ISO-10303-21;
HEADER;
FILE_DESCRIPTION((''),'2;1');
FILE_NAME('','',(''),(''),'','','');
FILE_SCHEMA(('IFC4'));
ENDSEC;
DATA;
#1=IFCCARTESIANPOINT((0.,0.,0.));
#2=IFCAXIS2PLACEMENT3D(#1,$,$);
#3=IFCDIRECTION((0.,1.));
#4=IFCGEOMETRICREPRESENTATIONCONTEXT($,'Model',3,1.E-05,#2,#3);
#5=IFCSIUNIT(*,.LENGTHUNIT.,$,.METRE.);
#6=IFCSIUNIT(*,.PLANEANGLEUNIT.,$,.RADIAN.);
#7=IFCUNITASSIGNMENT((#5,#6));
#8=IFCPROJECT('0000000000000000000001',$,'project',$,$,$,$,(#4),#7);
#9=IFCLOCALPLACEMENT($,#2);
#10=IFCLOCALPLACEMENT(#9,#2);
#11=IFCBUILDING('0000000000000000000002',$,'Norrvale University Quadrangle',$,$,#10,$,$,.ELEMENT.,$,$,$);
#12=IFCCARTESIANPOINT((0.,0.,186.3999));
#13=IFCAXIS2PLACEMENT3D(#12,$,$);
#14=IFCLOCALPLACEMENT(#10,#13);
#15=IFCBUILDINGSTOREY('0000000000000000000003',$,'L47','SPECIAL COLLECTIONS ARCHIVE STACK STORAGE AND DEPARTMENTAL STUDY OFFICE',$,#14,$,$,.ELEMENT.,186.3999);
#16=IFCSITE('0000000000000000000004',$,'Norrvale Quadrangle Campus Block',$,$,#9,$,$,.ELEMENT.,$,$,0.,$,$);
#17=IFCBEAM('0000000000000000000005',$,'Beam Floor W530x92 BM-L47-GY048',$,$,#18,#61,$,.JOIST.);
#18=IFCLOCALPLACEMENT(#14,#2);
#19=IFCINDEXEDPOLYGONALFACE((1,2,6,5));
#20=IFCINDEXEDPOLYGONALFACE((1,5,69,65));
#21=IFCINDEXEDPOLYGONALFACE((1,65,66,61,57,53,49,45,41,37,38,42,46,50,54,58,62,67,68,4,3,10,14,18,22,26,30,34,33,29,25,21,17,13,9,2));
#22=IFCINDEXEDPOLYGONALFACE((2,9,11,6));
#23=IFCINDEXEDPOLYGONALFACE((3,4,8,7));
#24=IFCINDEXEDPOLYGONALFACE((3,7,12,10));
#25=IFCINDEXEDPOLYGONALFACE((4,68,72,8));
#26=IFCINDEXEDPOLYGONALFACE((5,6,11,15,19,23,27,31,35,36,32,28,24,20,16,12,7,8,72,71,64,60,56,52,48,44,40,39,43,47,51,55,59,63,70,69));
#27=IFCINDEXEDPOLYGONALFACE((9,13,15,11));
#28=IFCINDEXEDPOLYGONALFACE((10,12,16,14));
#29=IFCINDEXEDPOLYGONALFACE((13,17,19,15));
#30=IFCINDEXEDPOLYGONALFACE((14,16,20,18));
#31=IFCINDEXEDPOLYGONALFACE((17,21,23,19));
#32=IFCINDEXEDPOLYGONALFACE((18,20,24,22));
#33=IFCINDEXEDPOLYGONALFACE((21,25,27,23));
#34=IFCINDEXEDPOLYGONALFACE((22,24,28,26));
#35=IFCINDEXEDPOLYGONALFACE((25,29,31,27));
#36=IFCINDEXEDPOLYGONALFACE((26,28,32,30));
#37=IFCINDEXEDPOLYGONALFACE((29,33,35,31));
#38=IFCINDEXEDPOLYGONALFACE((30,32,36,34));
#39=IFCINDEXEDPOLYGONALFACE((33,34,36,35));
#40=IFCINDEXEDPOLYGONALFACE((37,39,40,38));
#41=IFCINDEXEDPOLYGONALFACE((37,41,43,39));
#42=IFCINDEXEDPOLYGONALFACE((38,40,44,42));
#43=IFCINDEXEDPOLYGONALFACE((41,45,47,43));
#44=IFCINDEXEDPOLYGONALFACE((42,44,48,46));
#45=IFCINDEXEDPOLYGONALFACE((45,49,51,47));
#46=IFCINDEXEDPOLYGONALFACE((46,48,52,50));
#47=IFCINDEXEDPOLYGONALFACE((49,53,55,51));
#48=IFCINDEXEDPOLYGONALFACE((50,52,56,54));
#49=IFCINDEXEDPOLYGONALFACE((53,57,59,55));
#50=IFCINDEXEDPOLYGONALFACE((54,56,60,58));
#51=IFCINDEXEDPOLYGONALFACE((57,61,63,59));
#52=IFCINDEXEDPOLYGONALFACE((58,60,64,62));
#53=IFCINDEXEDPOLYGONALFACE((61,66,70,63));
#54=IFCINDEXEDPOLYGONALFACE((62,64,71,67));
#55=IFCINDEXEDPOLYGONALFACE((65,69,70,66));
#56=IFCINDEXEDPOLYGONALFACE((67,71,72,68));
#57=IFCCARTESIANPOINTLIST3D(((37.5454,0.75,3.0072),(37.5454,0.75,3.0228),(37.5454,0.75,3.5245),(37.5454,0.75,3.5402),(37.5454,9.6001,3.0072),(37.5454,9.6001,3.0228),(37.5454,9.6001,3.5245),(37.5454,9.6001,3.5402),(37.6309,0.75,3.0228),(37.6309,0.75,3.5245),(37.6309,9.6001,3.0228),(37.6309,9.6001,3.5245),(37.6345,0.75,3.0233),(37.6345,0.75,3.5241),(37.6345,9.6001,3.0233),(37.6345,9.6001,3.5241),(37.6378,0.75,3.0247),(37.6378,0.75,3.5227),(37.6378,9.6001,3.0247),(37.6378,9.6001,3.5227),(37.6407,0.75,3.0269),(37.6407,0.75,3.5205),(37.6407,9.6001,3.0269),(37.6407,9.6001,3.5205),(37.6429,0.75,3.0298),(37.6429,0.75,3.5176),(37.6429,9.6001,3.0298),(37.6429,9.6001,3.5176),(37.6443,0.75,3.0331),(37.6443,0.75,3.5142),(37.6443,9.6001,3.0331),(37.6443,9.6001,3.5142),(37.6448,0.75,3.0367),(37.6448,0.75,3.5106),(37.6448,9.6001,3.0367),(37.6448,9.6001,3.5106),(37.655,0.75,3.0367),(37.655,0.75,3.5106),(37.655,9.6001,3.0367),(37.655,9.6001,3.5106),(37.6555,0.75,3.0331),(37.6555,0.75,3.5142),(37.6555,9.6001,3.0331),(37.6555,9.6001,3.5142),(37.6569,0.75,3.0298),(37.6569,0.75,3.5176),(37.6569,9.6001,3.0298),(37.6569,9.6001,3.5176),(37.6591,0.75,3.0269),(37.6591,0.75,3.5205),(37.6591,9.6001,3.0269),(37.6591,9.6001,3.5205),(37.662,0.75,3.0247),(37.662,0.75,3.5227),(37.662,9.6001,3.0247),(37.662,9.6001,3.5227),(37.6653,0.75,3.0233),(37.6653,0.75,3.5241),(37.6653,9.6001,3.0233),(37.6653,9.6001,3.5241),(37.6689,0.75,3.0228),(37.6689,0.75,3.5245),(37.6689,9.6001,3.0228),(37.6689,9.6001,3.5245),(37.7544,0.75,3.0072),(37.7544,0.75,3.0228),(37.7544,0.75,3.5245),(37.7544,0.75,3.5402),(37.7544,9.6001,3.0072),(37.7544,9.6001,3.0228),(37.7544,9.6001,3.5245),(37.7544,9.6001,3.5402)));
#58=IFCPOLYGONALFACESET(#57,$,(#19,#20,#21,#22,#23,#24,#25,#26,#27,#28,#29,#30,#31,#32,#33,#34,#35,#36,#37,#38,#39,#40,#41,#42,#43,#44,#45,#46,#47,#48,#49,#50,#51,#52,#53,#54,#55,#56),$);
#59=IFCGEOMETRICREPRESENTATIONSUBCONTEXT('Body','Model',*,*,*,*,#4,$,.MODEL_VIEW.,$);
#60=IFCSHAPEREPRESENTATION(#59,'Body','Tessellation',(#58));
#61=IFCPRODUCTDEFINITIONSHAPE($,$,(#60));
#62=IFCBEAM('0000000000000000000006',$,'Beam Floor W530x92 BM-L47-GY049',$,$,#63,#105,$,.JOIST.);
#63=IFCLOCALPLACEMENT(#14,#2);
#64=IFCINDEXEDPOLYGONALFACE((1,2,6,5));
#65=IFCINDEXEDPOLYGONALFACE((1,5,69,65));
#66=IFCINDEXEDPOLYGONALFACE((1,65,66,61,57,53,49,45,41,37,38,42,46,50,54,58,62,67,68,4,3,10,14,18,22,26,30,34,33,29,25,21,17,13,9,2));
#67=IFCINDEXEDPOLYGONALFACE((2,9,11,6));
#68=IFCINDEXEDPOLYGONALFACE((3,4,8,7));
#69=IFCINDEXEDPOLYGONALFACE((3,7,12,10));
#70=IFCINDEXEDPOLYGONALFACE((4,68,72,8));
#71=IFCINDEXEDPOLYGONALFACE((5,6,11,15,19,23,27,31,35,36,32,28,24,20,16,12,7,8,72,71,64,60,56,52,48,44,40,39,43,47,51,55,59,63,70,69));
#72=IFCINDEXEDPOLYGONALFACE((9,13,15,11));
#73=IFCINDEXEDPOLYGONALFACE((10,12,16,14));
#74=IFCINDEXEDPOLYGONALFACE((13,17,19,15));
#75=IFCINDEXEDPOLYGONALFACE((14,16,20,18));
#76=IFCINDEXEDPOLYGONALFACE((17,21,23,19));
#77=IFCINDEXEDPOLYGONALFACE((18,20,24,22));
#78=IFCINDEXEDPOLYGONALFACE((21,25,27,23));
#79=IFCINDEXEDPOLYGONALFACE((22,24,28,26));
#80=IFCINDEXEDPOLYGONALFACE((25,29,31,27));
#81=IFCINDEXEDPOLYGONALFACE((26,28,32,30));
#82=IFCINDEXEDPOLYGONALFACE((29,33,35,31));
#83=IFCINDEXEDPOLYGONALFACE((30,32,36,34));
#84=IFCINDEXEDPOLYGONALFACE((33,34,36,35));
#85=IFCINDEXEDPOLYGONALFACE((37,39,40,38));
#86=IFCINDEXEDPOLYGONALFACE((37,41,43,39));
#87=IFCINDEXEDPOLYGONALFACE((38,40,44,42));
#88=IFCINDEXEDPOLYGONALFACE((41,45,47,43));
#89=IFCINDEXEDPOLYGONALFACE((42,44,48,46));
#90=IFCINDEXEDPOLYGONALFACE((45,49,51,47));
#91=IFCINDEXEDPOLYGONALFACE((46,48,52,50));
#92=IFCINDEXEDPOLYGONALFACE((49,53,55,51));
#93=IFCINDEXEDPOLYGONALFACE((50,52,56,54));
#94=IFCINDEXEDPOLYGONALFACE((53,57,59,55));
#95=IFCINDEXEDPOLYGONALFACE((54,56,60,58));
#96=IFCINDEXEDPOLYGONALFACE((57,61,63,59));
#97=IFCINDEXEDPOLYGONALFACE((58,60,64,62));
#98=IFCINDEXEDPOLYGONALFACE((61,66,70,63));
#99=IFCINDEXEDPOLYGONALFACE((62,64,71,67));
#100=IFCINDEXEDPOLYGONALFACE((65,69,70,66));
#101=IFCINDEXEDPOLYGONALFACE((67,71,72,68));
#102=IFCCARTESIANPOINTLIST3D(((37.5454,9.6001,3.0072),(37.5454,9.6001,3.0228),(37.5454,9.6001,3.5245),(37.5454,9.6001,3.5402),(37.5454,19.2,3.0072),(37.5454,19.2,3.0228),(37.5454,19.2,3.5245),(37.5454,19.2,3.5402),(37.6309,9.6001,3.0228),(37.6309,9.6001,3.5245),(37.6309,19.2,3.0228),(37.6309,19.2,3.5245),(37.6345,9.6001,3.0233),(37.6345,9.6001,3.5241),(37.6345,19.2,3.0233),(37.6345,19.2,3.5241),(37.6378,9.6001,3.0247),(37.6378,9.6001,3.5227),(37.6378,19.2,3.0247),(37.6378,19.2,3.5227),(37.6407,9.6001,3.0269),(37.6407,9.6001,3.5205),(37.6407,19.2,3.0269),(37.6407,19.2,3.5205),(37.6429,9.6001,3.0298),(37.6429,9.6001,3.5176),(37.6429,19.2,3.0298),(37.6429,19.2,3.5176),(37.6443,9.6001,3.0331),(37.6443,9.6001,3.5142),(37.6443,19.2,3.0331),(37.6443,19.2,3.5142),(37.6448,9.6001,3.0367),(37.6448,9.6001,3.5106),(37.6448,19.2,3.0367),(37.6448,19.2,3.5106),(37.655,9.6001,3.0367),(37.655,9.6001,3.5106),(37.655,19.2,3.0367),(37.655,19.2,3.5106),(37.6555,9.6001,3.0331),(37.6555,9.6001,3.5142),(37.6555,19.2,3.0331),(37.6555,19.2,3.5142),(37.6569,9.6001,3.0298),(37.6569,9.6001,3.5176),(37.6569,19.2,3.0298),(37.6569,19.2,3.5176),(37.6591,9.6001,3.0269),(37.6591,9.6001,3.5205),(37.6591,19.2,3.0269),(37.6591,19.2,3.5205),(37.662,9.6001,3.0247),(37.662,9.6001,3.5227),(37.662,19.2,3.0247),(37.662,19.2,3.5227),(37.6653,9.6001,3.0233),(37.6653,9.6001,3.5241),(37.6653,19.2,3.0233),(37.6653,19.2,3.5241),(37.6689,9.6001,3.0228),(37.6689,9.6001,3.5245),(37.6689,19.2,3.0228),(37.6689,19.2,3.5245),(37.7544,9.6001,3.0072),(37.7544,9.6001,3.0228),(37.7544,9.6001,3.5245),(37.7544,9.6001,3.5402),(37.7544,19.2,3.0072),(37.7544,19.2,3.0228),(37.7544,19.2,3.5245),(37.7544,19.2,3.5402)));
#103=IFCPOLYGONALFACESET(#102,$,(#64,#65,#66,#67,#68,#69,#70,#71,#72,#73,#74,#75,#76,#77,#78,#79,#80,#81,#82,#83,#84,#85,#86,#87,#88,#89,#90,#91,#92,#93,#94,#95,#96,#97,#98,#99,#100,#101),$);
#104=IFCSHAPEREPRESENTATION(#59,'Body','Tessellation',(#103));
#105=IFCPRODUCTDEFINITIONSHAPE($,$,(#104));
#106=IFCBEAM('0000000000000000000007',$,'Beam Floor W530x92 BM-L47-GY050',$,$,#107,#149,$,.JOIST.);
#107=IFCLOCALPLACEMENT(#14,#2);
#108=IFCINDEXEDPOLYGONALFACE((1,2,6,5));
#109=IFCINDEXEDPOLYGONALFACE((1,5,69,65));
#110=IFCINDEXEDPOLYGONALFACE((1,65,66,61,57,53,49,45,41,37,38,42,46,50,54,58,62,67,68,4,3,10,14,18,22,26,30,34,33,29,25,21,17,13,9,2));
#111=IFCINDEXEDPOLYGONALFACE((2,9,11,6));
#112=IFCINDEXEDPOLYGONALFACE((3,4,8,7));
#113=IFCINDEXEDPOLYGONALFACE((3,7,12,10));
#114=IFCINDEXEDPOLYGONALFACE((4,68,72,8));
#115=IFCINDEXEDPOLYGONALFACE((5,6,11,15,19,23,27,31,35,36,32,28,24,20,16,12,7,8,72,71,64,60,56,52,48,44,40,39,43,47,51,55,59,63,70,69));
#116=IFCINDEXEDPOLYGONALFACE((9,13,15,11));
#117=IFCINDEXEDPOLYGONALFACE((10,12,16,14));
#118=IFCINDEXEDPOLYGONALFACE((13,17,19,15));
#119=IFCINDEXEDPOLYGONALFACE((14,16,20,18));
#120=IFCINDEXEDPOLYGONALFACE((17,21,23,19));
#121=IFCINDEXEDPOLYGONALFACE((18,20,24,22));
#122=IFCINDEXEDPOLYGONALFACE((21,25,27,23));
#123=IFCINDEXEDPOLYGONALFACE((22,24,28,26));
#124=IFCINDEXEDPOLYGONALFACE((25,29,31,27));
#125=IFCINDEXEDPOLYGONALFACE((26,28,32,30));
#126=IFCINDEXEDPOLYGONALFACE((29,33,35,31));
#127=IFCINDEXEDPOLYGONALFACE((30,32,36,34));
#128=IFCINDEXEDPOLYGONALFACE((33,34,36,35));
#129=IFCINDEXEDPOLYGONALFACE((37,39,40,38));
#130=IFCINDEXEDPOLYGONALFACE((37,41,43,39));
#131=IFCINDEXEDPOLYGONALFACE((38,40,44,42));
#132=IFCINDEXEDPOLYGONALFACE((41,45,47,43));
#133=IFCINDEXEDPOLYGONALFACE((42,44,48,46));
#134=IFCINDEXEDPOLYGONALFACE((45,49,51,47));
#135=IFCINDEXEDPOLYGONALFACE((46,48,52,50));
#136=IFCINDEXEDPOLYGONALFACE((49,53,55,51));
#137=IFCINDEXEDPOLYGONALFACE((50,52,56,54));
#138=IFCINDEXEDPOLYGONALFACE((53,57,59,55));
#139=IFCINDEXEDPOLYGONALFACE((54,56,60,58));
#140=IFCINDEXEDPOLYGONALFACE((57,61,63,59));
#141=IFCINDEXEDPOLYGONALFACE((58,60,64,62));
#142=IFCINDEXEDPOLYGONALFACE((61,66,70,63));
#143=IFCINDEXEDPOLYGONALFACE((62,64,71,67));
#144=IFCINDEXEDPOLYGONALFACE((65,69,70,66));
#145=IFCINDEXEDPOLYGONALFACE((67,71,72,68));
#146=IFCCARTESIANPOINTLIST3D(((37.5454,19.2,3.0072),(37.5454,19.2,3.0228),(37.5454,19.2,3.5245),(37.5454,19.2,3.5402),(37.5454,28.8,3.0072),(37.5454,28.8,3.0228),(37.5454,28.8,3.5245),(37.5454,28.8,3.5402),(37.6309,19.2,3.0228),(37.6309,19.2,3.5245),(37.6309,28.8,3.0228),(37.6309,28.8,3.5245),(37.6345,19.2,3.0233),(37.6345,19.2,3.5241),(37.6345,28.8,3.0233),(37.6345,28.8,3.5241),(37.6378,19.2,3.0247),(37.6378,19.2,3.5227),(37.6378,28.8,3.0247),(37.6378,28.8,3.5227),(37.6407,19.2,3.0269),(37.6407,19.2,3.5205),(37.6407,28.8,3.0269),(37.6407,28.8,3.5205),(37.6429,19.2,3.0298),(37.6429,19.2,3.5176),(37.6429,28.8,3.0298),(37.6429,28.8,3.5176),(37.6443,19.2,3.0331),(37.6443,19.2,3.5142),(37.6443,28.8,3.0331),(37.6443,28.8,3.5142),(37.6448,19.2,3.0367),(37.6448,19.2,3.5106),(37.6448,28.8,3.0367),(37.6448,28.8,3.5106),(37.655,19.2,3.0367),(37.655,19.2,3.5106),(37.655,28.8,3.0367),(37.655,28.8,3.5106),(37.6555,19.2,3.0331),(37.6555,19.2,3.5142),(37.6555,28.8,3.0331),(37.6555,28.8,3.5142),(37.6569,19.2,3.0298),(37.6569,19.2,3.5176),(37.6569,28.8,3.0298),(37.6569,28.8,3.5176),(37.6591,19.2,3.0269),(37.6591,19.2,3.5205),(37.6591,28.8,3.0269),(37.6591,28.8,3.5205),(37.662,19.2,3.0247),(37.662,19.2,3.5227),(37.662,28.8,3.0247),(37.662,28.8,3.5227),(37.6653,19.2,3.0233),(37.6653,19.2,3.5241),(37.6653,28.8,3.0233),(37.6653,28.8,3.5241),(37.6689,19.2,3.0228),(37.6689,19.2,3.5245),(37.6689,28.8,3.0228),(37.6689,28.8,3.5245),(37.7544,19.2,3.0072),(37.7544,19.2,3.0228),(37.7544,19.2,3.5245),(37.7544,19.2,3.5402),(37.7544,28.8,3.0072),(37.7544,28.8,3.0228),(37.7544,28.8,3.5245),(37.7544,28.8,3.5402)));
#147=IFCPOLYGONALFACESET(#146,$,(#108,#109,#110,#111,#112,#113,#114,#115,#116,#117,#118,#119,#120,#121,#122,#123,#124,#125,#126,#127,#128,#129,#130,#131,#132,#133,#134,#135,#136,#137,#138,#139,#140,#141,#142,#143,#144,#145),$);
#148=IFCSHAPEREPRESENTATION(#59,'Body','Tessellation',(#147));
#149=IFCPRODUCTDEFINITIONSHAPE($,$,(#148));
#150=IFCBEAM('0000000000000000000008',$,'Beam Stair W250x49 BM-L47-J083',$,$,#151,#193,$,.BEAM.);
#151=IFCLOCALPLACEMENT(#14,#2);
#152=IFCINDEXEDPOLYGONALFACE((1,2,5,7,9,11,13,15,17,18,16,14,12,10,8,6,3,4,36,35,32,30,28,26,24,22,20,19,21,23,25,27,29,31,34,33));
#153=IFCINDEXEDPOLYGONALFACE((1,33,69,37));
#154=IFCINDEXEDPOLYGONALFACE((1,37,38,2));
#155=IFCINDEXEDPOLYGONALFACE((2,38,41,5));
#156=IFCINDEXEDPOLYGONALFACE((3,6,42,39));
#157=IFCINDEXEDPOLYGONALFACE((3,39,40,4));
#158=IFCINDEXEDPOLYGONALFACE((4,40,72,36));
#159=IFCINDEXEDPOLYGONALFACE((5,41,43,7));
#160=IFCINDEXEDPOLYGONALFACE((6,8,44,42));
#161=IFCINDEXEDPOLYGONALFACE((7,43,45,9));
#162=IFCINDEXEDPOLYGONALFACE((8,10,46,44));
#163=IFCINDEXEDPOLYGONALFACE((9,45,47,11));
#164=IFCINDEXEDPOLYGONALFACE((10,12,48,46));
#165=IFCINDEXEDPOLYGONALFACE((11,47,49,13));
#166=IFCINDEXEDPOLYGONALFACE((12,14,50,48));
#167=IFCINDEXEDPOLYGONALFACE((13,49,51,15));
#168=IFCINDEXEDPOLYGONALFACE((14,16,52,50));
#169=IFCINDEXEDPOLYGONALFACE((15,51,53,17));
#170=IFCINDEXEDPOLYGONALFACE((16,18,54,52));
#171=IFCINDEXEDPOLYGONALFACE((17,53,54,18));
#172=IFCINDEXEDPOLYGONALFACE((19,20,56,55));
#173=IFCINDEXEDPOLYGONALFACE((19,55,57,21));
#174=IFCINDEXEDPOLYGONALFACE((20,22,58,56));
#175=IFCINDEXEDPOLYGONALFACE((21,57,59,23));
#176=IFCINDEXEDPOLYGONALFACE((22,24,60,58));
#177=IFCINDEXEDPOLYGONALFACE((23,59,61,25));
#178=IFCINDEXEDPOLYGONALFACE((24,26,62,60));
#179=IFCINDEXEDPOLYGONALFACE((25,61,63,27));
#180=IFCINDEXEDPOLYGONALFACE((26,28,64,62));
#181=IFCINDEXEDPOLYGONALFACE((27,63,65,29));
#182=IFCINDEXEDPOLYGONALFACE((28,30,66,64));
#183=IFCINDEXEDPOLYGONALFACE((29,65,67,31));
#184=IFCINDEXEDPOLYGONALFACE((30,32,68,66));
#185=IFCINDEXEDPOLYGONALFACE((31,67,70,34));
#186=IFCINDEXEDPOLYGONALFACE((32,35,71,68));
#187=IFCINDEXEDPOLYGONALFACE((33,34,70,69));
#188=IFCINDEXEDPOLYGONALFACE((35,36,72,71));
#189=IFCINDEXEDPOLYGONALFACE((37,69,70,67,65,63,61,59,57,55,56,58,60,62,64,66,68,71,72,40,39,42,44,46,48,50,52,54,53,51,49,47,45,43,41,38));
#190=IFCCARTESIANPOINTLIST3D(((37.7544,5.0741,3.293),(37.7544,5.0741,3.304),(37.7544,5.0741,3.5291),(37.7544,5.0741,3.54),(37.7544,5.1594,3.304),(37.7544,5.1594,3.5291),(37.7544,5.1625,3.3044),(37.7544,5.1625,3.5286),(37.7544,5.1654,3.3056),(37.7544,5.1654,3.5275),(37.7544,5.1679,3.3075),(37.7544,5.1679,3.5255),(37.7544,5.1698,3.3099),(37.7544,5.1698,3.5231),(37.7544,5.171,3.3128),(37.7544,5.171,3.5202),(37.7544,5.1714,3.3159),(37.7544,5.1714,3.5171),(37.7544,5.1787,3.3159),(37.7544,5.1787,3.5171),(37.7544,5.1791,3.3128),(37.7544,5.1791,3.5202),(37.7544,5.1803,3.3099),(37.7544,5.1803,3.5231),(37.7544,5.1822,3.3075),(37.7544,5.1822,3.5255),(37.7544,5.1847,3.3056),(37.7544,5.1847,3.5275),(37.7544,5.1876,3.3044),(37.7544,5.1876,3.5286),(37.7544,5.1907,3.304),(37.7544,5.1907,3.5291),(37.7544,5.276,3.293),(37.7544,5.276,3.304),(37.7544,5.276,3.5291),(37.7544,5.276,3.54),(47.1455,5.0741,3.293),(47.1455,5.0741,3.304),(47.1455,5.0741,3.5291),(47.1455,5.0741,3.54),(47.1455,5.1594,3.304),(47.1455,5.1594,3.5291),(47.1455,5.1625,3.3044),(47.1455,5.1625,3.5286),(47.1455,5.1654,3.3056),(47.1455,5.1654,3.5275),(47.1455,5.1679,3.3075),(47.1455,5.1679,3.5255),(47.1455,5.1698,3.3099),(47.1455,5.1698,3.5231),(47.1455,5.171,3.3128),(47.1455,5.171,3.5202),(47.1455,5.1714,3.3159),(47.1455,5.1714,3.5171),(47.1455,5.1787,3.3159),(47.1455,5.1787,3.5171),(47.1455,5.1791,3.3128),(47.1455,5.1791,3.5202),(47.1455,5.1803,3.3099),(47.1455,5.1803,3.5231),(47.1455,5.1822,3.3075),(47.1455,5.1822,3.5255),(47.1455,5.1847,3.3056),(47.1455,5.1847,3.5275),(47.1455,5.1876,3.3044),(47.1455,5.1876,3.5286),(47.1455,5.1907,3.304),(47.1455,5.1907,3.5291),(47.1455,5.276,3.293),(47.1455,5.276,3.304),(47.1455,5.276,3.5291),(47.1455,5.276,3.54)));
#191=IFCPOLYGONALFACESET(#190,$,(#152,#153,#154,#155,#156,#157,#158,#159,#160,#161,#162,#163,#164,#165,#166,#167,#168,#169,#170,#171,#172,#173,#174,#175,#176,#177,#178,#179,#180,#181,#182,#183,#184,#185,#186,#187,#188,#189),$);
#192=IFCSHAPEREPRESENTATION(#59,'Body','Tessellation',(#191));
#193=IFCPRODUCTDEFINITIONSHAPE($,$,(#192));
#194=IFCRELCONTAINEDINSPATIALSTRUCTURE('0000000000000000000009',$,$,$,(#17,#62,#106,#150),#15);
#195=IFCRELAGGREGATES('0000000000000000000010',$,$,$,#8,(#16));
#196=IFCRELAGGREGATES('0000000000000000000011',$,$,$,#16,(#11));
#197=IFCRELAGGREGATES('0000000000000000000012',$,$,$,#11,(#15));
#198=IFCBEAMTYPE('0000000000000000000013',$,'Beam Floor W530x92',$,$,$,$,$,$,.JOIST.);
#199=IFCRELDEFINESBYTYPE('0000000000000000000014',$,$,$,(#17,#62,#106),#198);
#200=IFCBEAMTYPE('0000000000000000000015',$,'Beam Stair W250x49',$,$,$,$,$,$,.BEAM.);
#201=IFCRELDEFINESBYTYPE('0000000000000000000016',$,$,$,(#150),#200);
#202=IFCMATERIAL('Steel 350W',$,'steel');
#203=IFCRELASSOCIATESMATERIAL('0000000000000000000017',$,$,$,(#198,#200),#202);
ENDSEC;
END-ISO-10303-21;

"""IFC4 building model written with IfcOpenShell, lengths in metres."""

from ifc_helpers import new_model, si_unit, direction, frame, origin, origin_2d, place, context, subcontext, project, spatial, i_section, extrude, material, material_profile, profile_set, type_object, element, save


model = new_model("IFC4")

# Units and contexts
model_context = context("Model", 3, precision=1e-05, world=origin(), true_north=direction((0.0, 1.0)))
body_context = subcontext(model_context, "Body", "Model", "MODEL_VIEW")
ifc_project = project(units=[si_unit("LENGTHUNIT", "METRE"), si_unit("PLANEANGLEUNIT", "RADIAN")], contexts=[model_context])

# Site, building, storey
site_placement = place(None, origin())
site = spatial("IfcSite", under=ifc_project, at=site_placement, Name="Norrvale Quadrangle Campus Block", CompositionType="ELEMENT", RefElevation=0.0)
building_placement = place(site_placement, origin())
building = spatial("IfcBuilding", under=site, at=building_placement, Name="Norrvale University Quadrangle", CompositionType="ELEMENT")
storey_placement = place(building_placement, frame((0.0, 0.0, 186.3999)))
storey = spatial("IfcBuildingStorey", under=building, at=storey_placement, Name="L47", Description="SPECIAL COLLECTIONS ARCHIVE STACK STORAGE AND DEPARTMENTAL STUDY OFFICE", CompositionType="ELEMENT", Elevation=186.3999)

# Beams
ifc_material_1 = material(Name="Steel 350W", Category="steel")
ifc_material_profile_1 = material_profile(ifc_material_1, i_section(OverallWidth=0.209, OverallDepth=0.533, WebThickness=0.0103, FlangeThickness=0.0156, FilletRadius=0.0139, at=origin_2d()), Name="Steel 350W")
ifc_profile_set_1 = profile_set([ifc_material_profile_1], Name="Steel 350W")
beam_type_1 = type_object("IfcBeamType", Name="Beam Floor W530x92", PredefinedType="JOIST", material=ifc_profile_set_1)
beam_1_placement = place(storey_placement, frame((37.6499, 0.75, 3.2737), z_axis=(0.0, 1.0, 0.0), x_axis=(-1.0, 0.0, 0.0)))
element("IfcBeam", 1, at=beam_1_placement, inside=storey, type_object=beam_type_1, Name="Beam Floor W530x92 BM-L47-GY048", PredefinedType="JOIST", context=body_context, shape_type="SweptSolid", body=[
    extrude(i_section(OverallWidth=0.209, OverallDepth=0.533, WebThickness=0.0103, FlangeThickness=0.0156, FilletRadius=0.0139, at=origin_2d()), origin(), (0.0, 0.0, 1.0), 8.8501),
])
beam_2_placement = place(storey_placement, frame((37.6499, 9.6001, 3.2737), z_axis=(0.0, 1.0, 0.0), x_axis=(-1.0, 0.0, 0.0)))
element("IfcBeam", 2, at=beam_2_placement, inside=storey, type_object=beam_type_1, Name="Beam Floor W530x92 BM-L47-GY049", PredefinedType="JOIST", context=body_context, shape_type="SweptSolid", body=[
    extrude(i_section(OverallWidth=0.209, OverallDepth=0.533, WebThickness=0.0103, FlangeThickness=0.0156, FilletRadius=0.0139, at=origin_2d()), origin(), (0.0, 0.0, 1.0), 9.5999),
])
beam_3_placement = place(storey_placement, frame((37.6499, 19.2, 3.2737), z_axis=(0.0, 1.0, 0.0), x_axis=(-1.0, 0.0, 0.0)))
element("IfcBeam", 3, at=beam_3_placement, inside=storey, type_object=beam_type_1, Name="Beam Floor W530x92 BM-L47-GY050", PredefinedType="JOIST", context=body_context, shape_type="SweptSolid", body=[
    extrude(i_section(OverallWidth=0.209, OverallDepth=0.533, WebThickness=0.0103, FlangeThickness=0.0156, FilletRadius=0.0139, at=origin_2d()), origin(), (0.0, 0.0, 1.0), 9.6001),
])
ifc_material_profile_2 = material_profile(ifc_material_1, i_section(OverallWidth=0.2019, OverallDepth=0.2471, WebThickness=0.0073, FlangeThickness=0.011, FilletRadius=0.012, at=origin_2d()), Name="Steel 350W")
ifc_profile_set_2 = profile_set([ifc_material_profile_2], Name="Steel 350W")
beam_type_2 = type_object("IfcBeamType", Name="Beam Stair W250x49", PredefinedType="BEAM", material=ifc_profile_set_2)
beam_4_placement = place(storey_placement, frame((37.7544, 5.175, 3.4165), z_axis=(1.0, 0.0, 0.0), x_axis=(0.0, 1.0, 0.0)))
element("IfcBeam", 4, at=beam_4_placement, inside=storey, type_object=beam_type_2, Name="Beam Stair W250x49 BM-L47-J083", PredefinedType="BEAM", context=body_context, shape_type="SweptSolid", body=[
    extrude(i_section(OverallWidth=0.2019, OverallDepth=0.2471, WebThickness=0.0073, FlangeThickness=0.011, FilletRadius=0.012, at=origin_2d()), origin(), (0.0, 0.0, 1.0), 9.3911),
])

save(model, "model.ifc")
